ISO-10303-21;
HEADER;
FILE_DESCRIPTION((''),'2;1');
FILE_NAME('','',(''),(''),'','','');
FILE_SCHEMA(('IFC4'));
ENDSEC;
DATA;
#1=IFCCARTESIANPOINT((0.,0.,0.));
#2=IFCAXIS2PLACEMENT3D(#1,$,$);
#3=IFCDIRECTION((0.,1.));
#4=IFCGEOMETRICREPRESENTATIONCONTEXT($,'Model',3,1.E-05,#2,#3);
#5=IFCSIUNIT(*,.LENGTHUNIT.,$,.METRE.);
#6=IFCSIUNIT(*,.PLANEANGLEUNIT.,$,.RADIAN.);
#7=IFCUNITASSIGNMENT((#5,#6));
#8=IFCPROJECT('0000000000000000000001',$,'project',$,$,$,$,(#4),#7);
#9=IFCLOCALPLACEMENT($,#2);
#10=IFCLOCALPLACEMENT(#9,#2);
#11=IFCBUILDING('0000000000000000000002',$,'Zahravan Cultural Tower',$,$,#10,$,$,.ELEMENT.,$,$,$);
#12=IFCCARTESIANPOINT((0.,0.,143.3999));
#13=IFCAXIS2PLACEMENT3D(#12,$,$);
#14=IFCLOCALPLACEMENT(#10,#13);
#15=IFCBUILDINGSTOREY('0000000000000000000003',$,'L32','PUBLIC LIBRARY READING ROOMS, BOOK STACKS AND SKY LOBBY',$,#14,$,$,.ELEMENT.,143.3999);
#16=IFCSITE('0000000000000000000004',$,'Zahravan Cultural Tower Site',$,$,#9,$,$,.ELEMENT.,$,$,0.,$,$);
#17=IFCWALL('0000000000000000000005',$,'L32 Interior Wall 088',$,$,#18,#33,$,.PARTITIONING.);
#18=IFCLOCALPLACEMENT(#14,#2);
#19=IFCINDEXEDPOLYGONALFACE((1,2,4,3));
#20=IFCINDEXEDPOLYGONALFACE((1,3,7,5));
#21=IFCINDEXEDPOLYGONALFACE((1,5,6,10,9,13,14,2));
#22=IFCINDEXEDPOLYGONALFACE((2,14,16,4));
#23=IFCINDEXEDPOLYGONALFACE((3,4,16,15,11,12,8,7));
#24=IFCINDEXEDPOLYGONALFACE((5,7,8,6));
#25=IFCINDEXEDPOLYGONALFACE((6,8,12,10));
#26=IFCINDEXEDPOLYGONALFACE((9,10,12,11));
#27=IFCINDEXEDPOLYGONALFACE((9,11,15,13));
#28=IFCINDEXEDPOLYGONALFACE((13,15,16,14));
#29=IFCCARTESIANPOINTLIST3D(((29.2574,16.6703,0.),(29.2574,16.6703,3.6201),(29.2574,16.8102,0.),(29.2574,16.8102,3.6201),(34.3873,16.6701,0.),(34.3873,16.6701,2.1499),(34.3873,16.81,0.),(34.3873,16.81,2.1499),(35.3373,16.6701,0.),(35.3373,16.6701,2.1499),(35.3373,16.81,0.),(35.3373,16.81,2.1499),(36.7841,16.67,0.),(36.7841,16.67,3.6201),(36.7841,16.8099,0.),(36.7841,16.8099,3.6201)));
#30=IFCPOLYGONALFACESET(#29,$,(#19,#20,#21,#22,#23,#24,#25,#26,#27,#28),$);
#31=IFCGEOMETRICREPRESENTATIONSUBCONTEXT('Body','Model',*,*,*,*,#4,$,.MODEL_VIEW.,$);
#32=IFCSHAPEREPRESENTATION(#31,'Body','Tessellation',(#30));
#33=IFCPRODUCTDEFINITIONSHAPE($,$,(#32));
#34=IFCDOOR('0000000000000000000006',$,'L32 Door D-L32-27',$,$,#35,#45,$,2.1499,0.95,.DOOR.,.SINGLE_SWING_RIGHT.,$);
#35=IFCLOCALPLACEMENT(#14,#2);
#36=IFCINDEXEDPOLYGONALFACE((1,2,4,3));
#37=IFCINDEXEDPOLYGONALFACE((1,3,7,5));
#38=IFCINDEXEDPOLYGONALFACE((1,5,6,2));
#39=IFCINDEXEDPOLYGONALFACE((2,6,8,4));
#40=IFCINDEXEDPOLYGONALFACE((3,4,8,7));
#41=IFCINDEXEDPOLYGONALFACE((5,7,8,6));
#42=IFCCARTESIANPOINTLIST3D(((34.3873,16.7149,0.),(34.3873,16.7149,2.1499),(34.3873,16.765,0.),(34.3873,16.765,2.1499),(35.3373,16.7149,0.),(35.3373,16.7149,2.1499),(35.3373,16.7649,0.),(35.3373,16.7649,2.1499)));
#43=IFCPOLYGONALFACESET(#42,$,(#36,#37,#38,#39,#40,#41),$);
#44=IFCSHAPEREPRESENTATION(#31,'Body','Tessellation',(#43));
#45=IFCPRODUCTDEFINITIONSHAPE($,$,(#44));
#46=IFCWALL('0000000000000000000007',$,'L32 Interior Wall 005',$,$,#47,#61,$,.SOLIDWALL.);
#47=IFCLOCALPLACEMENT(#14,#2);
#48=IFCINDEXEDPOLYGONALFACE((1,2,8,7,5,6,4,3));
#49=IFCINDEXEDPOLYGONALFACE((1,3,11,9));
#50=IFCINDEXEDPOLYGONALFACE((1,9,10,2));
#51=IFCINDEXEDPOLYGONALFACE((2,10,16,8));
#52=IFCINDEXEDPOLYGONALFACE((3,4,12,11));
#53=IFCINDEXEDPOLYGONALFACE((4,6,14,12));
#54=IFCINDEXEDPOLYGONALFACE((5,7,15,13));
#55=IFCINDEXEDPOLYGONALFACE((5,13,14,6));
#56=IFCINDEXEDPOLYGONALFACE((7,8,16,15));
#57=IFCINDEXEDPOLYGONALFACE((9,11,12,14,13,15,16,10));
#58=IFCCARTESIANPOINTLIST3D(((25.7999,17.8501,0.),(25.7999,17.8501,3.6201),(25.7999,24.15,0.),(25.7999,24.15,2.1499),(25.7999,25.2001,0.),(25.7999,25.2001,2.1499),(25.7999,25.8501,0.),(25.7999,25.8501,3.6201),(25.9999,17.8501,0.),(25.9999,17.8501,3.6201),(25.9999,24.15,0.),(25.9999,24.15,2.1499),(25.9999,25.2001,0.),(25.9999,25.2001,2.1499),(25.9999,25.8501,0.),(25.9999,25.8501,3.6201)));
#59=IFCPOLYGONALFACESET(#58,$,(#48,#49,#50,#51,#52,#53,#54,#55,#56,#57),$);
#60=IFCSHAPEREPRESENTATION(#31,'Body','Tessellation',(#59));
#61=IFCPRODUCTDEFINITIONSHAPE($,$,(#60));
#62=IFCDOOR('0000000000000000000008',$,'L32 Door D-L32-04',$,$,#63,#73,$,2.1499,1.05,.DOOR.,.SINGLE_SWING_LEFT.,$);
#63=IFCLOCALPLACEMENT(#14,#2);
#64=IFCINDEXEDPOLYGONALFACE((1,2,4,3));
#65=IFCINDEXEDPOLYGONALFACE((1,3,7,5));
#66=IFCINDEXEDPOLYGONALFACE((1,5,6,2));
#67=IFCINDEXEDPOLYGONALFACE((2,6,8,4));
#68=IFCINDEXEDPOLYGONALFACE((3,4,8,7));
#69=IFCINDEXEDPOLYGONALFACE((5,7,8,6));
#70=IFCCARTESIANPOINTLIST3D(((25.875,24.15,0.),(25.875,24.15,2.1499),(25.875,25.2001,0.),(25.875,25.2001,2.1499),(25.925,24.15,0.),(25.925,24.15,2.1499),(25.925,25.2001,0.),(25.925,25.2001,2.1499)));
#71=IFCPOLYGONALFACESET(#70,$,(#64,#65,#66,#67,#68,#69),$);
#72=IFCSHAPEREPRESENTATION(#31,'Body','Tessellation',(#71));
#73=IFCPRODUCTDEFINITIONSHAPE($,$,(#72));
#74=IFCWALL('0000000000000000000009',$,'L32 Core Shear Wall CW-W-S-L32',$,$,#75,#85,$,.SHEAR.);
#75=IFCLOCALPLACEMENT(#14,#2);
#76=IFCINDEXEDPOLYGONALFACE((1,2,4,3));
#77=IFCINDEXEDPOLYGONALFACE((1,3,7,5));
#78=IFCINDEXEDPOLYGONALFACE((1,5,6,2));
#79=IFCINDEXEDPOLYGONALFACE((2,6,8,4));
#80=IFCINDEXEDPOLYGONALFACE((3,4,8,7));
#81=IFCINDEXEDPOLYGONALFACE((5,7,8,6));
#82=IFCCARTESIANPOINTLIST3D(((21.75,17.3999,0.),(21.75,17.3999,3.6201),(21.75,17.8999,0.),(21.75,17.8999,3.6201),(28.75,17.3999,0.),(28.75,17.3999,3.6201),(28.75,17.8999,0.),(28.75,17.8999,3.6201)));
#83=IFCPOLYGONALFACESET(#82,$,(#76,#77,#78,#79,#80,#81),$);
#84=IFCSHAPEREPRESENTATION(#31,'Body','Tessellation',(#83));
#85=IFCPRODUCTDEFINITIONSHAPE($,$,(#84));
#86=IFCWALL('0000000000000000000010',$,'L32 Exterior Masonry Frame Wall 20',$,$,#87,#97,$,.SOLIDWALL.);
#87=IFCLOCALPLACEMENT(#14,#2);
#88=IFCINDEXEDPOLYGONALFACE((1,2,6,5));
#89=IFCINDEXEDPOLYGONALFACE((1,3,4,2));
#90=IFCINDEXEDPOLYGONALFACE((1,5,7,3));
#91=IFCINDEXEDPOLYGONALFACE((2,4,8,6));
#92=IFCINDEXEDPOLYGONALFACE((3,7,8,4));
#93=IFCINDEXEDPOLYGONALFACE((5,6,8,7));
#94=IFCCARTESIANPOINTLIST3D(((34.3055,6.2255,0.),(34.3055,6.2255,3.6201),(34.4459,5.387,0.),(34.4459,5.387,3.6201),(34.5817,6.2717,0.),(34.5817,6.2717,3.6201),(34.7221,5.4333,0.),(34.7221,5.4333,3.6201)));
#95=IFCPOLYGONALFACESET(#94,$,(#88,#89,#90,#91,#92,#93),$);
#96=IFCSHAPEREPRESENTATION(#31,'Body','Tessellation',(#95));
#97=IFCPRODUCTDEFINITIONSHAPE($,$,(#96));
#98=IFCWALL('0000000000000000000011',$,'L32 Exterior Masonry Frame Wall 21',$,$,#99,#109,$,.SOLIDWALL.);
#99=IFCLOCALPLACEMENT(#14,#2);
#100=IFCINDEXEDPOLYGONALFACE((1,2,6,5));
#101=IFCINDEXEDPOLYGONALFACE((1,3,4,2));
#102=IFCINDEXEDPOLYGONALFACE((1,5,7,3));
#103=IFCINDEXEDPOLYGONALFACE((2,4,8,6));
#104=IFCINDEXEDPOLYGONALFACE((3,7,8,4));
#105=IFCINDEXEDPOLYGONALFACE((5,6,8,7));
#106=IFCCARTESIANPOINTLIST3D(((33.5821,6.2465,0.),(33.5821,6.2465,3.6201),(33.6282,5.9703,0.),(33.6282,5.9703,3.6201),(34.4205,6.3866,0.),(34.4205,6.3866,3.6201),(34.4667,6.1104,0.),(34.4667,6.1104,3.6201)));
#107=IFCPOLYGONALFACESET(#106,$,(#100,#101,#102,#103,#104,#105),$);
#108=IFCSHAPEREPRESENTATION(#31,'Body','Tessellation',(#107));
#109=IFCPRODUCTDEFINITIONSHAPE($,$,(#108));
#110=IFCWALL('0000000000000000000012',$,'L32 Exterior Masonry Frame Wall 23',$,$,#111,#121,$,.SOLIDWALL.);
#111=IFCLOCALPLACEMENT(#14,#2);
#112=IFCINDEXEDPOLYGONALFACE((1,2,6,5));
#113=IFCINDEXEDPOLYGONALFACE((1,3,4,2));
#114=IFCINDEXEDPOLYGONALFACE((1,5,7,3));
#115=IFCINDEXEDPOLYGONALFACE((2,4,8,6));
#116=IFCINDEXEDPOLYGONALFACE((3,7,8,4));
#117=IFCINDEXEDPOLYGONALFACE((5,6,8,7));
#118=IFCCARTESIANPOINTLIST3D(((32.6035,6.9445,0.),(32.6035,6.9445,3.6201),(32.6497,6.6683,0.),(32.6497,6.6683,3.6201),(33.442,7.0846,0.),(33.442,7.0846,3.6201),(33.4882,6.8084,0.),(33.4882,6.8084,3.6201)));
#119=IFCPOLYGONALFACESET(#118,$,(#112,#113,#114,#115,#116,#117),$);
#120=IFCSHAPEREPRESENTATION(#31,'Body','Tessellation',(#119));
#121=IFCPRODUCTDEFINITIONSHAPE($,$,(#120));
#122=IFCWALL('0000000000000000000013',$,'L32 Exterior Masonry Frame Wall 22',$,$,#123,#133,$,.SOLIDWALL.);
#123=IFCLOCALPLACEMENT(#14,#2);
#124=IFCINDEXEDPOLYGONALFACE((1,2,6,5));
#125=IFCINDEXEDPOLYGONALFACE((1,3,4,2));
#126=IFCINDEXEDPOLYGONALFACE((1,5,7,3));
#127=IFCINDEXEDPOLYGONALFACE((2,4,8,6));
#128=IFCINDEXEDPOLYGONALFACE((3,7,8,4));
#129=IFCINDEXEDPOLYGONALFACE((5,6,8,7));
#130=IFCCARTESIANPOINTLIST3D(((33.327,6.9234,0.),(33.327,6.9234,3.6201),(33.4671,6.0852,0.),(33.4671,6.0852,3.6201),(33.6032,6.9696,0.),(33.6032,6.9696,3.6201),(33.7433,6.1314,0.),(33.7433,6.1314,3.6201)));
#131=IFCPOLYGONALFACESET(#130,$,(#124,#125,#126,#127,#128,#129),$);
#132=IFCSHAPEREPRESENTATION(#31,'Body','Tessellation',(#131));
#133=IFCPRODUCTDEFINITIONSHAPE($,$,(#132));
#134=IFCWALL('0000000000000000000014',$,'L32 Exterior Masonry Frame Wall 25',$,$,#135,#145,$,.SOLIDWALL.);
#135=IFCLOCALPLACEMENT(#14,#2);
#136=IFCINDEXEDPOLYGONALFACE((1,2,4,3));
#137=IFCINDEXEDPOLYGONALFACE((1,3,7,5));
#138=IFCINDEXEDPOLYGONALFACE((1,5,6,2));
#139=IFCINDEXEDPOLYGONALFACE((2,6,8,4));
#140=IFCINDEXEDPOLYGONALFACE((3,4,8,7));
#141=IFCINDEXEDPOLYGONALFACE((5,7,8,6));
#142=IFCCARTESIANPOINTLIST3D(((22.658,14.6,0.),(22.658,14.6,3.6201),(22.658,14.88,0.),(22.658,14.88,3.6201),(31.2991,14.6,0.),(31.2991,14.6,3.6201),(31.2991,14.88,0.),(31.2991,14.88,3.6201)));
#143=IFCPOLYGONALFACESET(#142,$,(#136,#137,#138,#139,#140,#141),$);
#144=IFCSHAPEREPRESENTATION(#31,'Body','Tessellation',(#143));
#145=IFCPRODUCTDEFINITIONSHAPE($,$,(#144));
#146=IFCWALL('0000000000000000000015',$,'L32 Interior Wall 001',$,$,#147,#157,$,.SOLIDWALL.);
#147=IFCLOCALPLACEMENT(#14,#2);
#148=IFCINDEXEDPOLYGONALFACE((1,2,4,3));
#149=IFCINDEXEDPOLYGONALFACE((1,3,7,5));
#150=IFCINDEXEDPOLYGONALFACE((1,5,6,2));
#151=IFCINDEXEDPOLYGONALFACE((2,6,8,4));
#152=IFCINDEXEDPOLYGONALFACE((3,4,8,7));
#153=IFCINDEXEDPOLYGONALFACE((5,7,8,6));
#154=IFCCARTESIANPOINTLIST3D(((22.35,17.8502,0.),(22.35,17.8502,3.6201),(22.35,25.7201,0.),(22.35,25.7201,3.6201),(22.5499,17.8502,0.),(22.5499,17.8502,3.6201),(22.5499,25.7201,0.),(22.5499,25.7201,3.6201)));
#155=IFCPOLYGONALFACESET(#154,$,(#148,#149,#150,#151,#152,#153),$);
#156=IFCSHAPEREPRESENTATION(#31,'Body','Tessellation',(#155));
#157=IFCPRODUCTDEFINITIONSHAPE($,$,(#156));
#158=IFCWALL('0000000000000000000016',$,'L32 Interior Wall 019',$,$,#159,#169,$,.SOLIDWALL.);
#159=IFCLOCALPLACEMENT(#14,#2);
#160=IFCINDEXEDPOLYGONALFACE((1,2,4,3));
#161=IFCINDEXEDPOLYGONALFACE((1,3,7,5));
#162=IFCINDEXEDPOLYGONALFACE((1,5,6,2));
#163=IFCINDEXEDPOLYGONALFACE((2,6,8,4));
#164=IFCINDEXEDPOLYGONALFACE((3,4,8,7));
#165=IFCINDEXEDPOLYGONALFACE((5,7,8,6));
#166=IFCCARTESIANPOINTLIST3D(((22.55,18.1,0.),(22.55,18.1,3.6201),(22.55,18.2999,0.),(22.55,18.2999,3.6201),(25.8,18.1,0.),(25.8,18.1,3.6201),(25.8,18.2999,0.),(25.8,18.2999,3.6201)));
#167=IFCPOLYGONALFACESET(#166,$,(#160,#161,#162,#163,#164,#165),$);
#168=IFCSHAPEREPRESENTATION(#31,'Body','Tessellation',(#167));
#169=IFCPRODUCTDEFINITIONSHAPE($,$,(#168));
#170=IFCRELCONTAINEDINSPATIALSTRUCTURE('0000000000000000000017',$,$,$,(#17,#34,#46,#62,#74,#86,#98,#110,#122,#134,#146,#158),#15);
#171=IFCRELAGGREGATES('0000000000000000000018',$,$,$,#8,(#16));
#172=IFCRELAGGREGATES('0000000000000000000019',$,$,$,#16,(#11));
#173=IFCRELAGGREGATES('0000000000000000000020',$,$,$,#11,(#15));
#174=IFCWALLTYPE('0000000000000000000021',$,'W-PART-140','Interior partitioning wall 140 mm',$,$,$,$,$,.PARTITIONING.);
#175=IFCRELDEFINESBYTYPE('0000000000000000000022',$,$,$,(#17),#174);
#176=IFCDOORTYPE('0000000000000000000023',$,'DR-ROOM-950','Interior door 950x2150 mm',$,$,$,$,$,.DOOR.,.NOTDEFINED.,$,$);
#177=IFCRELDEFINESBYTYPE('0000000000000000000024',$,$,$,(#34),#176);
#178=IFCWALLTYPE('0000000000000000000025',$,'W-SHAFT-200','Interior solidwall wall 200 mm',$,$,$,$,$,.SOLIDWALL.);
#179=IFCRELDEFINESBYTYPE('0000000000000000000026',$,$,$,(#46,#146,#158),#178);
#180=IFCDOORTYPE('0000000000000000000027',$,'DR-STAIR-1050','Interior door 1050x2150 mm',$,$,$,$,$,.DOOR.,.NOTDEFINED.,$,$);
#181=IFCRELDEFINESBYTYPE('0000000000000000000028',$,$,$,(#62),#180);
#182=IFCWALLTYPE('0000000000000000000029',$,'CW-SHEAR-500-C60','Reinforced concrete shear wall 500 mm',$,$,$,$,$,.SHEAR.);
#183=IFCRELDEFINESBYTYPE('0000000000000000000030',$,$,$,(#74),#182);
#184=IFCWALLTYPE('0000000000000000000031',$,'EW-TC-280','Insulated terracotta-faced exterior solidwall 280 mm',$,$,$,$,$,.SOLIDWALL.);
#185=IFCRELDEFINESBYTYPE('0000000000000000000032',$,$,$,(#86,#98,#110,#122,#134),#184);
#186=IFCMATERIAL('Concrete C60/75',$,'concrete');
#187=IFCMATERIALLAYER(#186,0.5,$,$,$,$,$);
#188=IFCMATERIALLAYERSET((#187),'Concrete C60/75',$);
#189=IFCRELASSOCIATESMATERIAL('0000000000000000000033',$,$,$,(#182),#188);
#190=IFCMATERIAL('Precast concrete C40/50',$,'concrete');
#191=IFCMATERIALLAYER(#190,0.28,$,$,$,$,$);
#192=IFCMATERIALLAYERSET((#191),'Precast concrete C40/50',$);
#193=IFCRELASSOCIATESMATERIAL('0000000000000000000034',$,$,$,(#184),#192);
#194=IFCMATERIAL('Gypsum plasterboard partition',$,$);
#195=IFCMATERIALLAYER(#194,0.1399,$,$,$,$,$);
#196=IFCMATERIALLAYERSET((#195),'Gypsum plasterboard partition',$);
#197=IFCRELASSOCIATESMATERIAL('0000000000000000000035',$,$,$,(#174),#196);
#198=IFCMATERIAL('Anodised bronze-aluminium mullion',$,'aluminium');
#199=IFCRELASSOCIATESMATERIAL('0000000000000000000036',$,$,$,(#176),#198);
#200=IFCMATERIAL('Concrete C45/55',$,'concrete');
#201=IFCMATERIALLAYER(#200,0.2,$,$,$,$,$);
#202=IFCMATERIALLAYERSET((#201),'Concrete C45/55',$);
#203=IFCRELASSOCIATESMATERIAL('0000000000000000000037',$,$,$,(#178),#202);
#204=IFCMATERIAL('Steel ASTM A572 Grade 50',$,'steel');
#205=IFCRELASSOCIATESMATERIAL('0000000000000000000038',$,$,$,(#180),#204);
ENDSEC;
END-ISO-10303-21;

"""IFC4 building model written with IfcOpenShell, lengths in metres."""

from ifc_helpers import new_model, si_unit, direction, frame, frame_2d, origin, place, context, subcontext, project, spatial, rectangle, extrude, source, transform, mapped, material, layer, layer_set, type_object, element, fill, save


model = new_model("IFC4")

# Units and contexts
model_context = context("Model", 3, precision=1e-05, world=origin(), true_north=direction((0.0, 1.0)))
body_context = subcontext(model_context, "Body", "Model", "MODEL_VIEW")
ifc_project = project(units=[si_unit("LENGTHUNIT", "METRE"), si_unit("PLANEANGLEUNIT", "RADIAN")], contexts=[model_context])

# Site, building, storey
site_placement = place(None, origin())
site = spatial("IfcSite", under=ifc_project, at=site_placement, Name="Zahravan Cultural Tower Site", CompositionType="ELEMENT", RefElevation=0.0)
building_placement = place(site_placement, origin())
building = spatial("IfcBuilding", under=site, at=building_placement, Name="Zahravan Cultural Tower", CompositionType="ELEMENT")
storey_placement = place(building_placement, frame((0.0, 0.0, 143.3999)))
storey = spatial("IfcBuildingStorey", under=building, at=storey_placement, Name="L32", Description="PUBLIC LIBRARY READING ROOMS, BOOK STACKS AND SKY LOBBY", CompositionType="ELEMENT", Elevation=143.3999)

# Shared definitions
ifc_material_1 = material(Name="Concrete C60/75", Category="concrete")
ifc_layer_1 = layer(ifc_material_1, 0.5)
ifc_layer_set_1 = layer_set([ifc_layer_1], Name="Concrete C60/75")
wall_type_1 = type_object("IfcWallType", Name="CW-SHEAR-500-C60", Description="Reinforced concrete shear wall 500 mm", PredefinedType="SHEAR", material=ifc_layer_set_1)
ifc_material_2 = material(Name="Steel ASTM A572 Grade 50", Category="steel")

# Shared definitions
ifc_material_3 = material(Name="Precast concrete C40/50", Category="concrete")
ifc_layer_2 = layer(ifc_material_3, 0.28)
ifc_layer_set_2 = layer_set([ifc_layer_2], Name="Precast concrete C40/50")
wall_type_2 = type_object("IfcWallType", Name="EW-TC-280", Description="Insulated terracotta-faced exterior solidwall 280 mm", PredefinedType="SOLIDWALL", material=ifc_layer_set_2)

# Walls, openings, doors
ifc_material_4 = material(Name="Gypsum plasterboard partition")
ifc_layer_3 = layer(ifc_material_4, 0.1399)
ifc_layer_set_3 = layer_set([ifc_layer_3], Name="Gypsum plasterboard partition")
wall_type_3 = type_object("IfcWallType", Name="W-PART-140", Description="Interior partitioning wall 140 mm", PredefinedType="PARTITIONING", material=ifc_layer_set_3)
wall_1_placement = place(storey_placement, frame((29.2576, 16.7402, 0.0), z_axis=(0.0, 0.0, 1.0), x_axis=(1.0, -0.000032, 0.0)))
wall_1 = element("IfcWall", 1, at=wall_1_placement, inside=storey, type_object=wall_type_3, Name="L32 Interior Wall 088", PredefinedType="PARTITIONING", context=body_context, shape_type="SweptSolid", body=[
    extrude(rectangle(XDim=7.5266, YDim=0.1399, at=frame_2d((3.7632, 0.0))), origin(), (0.0, 0.0, 1.0), 3.6201),
])
opening_1_placement = place(wall_1_placement, frame((5.1296, 0.0, 0.0)))
opening_1 = element("IfcOpeningElement", 2, at=opening_1_placement, cuts=wall_1, PredefinedType="OPENING", context=body_context, shape_type="SweptSolid", body=[
    extrude(rectangle(XDim=0.95, YDim=2.1499, at=frame_2d((0.4751, 1.075))), frame((0.0, 0.0798, 0.0), z_axis=(0.0, -1.0, 0.0), x_axis=(1.0, 0.0, 0.0)), (0.0, 0.0, 1.0), 0.1599),
])
ifc_material_5 = material(Name="Anodised bronze-aluminium mullion", Category="aluminium")
door_type_1 = type_object("IfcDoorType", Name="DR-ROOM-950", Description="Interior door 950x2150 mm", OperationType="NOTDEFINED", PredefinedType="DOOR", material=ifc_material_5)
shared_shape_1 = source(origin(), body_context, "Body", "SweptSolid", [
    extrude(rectangle(XDim=0.95, YDim=2.1499, at=frame_2d((0.4751, 1.075))), frame((0.0, 0.0249, 0.0), z_axis=(0.0, -1.0, 0.0), x_axis=(1.0, 0.0, 0.0)), (0.0, 0.0, 1.0), 0.05),
])
door_1_placement = place(opening_1_placement, origin())
door_1 = element("IfcDoor", 3, at=door_1_placement, inside=storey, type_object=door_type_1, Name="L32 Door D-L32-27", OperationType="SINGLE_SWING_RIGHT", OverallHeight=2.1499, OverallWidth=0.95, PredefinedType="DOOR", context=body_context, shape_type="MappedRepresentation", body=[
    mapped(shared_shape_1, transform((0.0, 0.0, 0.0), x_axis=(1.0, 0.0, 0.0), y_axis=(0.0, 1.0, 0.0), z_axis=(0.0, 0.0, 1.0), scale=1.0)),
])
fill(opening_1, door_1)
ifc_material_6 = material(Name="Concrete C45/55", Category="concrete")
ifc_layer_4 = layer(ifc_material_6, 0.2)
ifc_layer_set_4 = layer_set([ifc_layer_4], Name="Concrete C45/55")
wall_type_4 = type_object("IfcWallType", Name="W-SHAFT-200", Description="Interior solidwall wall 200 mm", PredefinedType="SOLIDWALL", material=ifc_layer_set_4)
wall_2_placement = place(storey_placement, frame((25.8999, 17.8501, 0.0), z_axis=(0.0, 0.0, 1.0), x_axis=(0.0, 1.0, 0.0)))
wall_2 = element("IfcWall", 4, at=wall_2_placement, inside=storey, type_object=wall_type_4, Name="L32 Interior Wall 005", PredefinedType="SOLIDWALL", context=body_context, shape_type="SweptSolid", body=[
    extrude(rectangle(XDim=8.0, YDim=0.2, at=frame_2d((4.0, 0.0))), origin(), (0.0, 0.0, 1.0), 3.6201),
])
opening_2_placement = place(wall_2_placement, frame((6.3, 0.0, 0.0)))
opening_2 = element("IfcOpeningElement", 5, at=opening_2_placement, cuts=wall_2, PredefinedType="OPENING", context=body_context, shape_type="SweptSolid", body=[
    extrude(rectangle(XDim=1.05, YDim=2.1499, at=frame_2d((0.5249, 1.075))), frame((0.0, 0.1099, 0.0), z_axis=(0.0, -1.0, 0.0), x_axis=(1.0, 0.0, 0.0)), (0.0, 0.0, 1.0), 0.22),
])
door_type_2 = type_object("IfcDoorType", Name="DR-STAIR-1050", Description="Interior door 1050x2150 mm", OperationType="NOTDEFINED", PredefinedType="DOOR", material=ifc_material_2)
shared_shape_2 = source(origin(), body_context, "Body", "SweptSolid", [
    extrude(rectangle(XDim=1.05, YDim=2.1499, at=frame_2d((0.5249, 1.075))), frame((0.0, 0.0249, 0.0), z_axis=(0.0, -1.0, 0.0), x_axis=(1.0, 0.0, 0.0)), (0.0, 0.0, 1.0), 0.05),
])
door_2_placement = place(opening_2_placement, origin())
door_2 = element("IfcDoor", 6, at=door_2_placement, inside=storey, type_object=door_type_2, Name="L32 Door D-L32-04", OperationType="SINGLE_SWING_LEFT", OverallHeight=2.1499, OverallWidth=1.05, PredefinedType="DOOR", context=body_context, shape_type="MappedRepresentation", body=[
    mapped(shared_shape_2, transform((0.0, 0.0, 0.0), x_axis=(1.0, 0.0, 0.0), y_axis=(0.0, 1.0, 0.0), z_axis=(0.0, 0.0, 1.0), scale=1.0)),
])
fill(opening_2, door_2)

# Walls
shared_shape_3 = source(origin(), body_context, "Body", "SweptSolid", [
    extrude(rectangle(XDim=7.0, YDim=0.5, at=frame_2d((3.5, 0.0))), origin(), (0.0, 0.0, 1.0), 3.6201),
])
wall_3_placement = place(storey_placement, frame((21.75, 17.6499, 0.0), z_axis=(0.0, 0.0, 1.0), x_axis=(1.0, 0.0, 0.0)))
element("IfcWall", 7, at=wall_3_placement, inside=storey, type_object=wall_type_1, Name="L32 Core Shear Wall CW-W-S-L32", PredefinedType="SHEAR", context=body_context, shape_type="MappedRepresentation", body=[
    mapped(shared_shape_3, transform((0.0, 0.0, 0.0), x_axis=(1.0, 0.0, 0.0), y_axis=(0.0, 1.0, 0.0), z_axis=(0.0, 0.0, 1.0), scale=1.0)),
])
shared_shape_4 = source(origin(), body_context, "Body", "SweptSolid", [
    extrude(rectangle(XDim=0.8501, YDim=0.28, at=frame_2d((0.425, 0.0))), origin(), (0.0, 0.0, 1.0), 3.6201),
])
for number, where, z_axis, x_axis, name in (
    (8, (34.584, 5.4102, 0.0), (0.0, 0.0, 1.0), (-0.165144, 0.986269, 0.0), "L32 Exterior Masonry Frame Wall 20"),
    (9, (34.4436, 6.2485, 0.0), (0.0, 0.0, 1.0), (-0.986316, -0.164865, 0.0), "L32 Exterior Masonry Frame Wall 21"),
    (10, (33.4651, 6.9465, 0.0), (0.0, 0.0, 1.0), (-0.986316, -0.164865, 0.0), "L32 Exterior Masonry Frame Wall 23"),
):
    element("IfcWall", number, at=place(storey_placement, frame(where, z_axis=z_axis, x_axis=x_axis)), inside=storey, type_object=wall_type_2, Name=name, PredefinedType="SOLIDWALL", context=body_context, shape_type="MappedRepresentation", body=[
        mapped(shared_shape_4, transform((0.0, 0.0, 0.0), x_axis=(1.0, 0.0, 0.0), y_axis=(0.0, 1.0, 0.0), z_axis=(0.0, 0.0, 1.0), scale=1.0)),
    ])
shared_shape_5 = source(origin(), body_context, "Body", "SweptSolid", [
    extrude(rectangle(XDim=0.8499, YDim=0.28, at=frame_2d((0.4248, 0.0))), origin(), (0.0, 0.0, 1.0), 3.6201),
])
wall_4_placement = place(storey_placement, frame((33.6052, 6.1084, 0.0), z_axis=(0.0, 0.0, 1.0), x_axis=(-0.164911, 0.986308, 0.0)))
element("IfcWall", 11, at=wall_4_placement, inside=storey, type_object=wall_type_2, Name="L32 Exterior Masonry Frame Wall 22", PredefinedType="SOLIDWALL", context=body_context, shape_type="MappedRepresentation", body=[
    mapped(shared_shape_5, transform((0.0, 0.0, 0.0), x_axis=(1.0, 0.0, 0.0), y_axis=(0.0, 1.0, 0.0), z_axis=(0.0, 0.0, 1.0), scale=1.0)),
])
shared_shape_6 = source(origin(), body_context, "Body", "SweptSolid", [
    extrude(rectangle(XDim=8.6411, YDim=0.28, at=frame_2d((4.3206, 0.0))), origin(), (0.0, 0.0, 1.0), 3.6201),
])
wall_5_placement = place(storey_placement, frame((31.2991, 14.74, 0.0), z_axis=(0.0, 0.0, 1.0), x_axis=(-1.0, 0.0, 0.0)))
element("IfcWall", 12, at=wall_5_placement, inside=storey, type_object=wall_type_2, Name="L32 Exterior Masonry Frame Wall 25", PredefinedType="SOLIDWALL", context=body_context, shape_type="MappedRepresentation", body=[
    mapped(shared_shape_6, transform((0.0, 0.0, 0.0), x_axis=(1.0, 0.0, 0.0), y_axis=(0.0, 1.0, 0.0), z_axis=(0.0, 0.0, 1.0), scale=1.0)),
])
shared_shape_7 = source(origin(), body_context, "Body", "SweptSolid", [
    extrude(rectangle(XDim=7.8699, YDim=0.2, at=frame_2d((3.9351, 0.0))), origin(), (0.0, 0.0, 1.0), 3.6201),
])
wall_6_placement = place(storey_placement, frame((22.45, 17.8501, 0.0), z_axis=(0.0, 0.0, 1.0), x_axis=(0.0, 1.0, 0.0)))
element("IfcWall", 13, at=wall_6_placement, inside=storey, type_object=wall_type_4, Name="L32 Interior Wall 001", PredefinedType="SOLIDWALL", context=body_context, shape_type="MappedRepresentation", body=[
    mapped(shared_shape_7, transform((0.0, 0.0, 0.0), x_axis=(1.0, 0.0, 0.0), y_axis=(0.0, 1.0, 0.0), z_axis=(0.0, 0.0, 1.0), scale=1.0)),
])
shared_shape_8 = source(origin(), body_context, "Body", "SweptSolid", [
    extrude(rectangle(XDim=3.25, YDim=0.2, at=frame_2d((1.625, 0.0))), origin(), (0.0, 0.0, 1.0), 3.6201),
])
wall_7_placement = place(storey_placement, frame((22.55, 18.2, 0.0), z_axis=(0.0, 0.0, 1.0), x_axis=(1.0, 0.0, 0.0)))
element("IfcWall", 14, at=wall_7_placement, inside=storey, type_object=wall_type_4, Name="L32 Interior Wall 019", PredefinedType="SOLIDWALL", context=body_context, shape_type="MappedRepresentation", body=[
    mapped(shared_shape_8, transform((0.0, 0.0, 0.0), x_axis=(1.0, 0.0, 0.0), y_axis=(0.0, 1.0, 0.0), z_axis=(0.0, 0.0, 1.0), scale=1.0)),
])

save(model, "model.ifc")
